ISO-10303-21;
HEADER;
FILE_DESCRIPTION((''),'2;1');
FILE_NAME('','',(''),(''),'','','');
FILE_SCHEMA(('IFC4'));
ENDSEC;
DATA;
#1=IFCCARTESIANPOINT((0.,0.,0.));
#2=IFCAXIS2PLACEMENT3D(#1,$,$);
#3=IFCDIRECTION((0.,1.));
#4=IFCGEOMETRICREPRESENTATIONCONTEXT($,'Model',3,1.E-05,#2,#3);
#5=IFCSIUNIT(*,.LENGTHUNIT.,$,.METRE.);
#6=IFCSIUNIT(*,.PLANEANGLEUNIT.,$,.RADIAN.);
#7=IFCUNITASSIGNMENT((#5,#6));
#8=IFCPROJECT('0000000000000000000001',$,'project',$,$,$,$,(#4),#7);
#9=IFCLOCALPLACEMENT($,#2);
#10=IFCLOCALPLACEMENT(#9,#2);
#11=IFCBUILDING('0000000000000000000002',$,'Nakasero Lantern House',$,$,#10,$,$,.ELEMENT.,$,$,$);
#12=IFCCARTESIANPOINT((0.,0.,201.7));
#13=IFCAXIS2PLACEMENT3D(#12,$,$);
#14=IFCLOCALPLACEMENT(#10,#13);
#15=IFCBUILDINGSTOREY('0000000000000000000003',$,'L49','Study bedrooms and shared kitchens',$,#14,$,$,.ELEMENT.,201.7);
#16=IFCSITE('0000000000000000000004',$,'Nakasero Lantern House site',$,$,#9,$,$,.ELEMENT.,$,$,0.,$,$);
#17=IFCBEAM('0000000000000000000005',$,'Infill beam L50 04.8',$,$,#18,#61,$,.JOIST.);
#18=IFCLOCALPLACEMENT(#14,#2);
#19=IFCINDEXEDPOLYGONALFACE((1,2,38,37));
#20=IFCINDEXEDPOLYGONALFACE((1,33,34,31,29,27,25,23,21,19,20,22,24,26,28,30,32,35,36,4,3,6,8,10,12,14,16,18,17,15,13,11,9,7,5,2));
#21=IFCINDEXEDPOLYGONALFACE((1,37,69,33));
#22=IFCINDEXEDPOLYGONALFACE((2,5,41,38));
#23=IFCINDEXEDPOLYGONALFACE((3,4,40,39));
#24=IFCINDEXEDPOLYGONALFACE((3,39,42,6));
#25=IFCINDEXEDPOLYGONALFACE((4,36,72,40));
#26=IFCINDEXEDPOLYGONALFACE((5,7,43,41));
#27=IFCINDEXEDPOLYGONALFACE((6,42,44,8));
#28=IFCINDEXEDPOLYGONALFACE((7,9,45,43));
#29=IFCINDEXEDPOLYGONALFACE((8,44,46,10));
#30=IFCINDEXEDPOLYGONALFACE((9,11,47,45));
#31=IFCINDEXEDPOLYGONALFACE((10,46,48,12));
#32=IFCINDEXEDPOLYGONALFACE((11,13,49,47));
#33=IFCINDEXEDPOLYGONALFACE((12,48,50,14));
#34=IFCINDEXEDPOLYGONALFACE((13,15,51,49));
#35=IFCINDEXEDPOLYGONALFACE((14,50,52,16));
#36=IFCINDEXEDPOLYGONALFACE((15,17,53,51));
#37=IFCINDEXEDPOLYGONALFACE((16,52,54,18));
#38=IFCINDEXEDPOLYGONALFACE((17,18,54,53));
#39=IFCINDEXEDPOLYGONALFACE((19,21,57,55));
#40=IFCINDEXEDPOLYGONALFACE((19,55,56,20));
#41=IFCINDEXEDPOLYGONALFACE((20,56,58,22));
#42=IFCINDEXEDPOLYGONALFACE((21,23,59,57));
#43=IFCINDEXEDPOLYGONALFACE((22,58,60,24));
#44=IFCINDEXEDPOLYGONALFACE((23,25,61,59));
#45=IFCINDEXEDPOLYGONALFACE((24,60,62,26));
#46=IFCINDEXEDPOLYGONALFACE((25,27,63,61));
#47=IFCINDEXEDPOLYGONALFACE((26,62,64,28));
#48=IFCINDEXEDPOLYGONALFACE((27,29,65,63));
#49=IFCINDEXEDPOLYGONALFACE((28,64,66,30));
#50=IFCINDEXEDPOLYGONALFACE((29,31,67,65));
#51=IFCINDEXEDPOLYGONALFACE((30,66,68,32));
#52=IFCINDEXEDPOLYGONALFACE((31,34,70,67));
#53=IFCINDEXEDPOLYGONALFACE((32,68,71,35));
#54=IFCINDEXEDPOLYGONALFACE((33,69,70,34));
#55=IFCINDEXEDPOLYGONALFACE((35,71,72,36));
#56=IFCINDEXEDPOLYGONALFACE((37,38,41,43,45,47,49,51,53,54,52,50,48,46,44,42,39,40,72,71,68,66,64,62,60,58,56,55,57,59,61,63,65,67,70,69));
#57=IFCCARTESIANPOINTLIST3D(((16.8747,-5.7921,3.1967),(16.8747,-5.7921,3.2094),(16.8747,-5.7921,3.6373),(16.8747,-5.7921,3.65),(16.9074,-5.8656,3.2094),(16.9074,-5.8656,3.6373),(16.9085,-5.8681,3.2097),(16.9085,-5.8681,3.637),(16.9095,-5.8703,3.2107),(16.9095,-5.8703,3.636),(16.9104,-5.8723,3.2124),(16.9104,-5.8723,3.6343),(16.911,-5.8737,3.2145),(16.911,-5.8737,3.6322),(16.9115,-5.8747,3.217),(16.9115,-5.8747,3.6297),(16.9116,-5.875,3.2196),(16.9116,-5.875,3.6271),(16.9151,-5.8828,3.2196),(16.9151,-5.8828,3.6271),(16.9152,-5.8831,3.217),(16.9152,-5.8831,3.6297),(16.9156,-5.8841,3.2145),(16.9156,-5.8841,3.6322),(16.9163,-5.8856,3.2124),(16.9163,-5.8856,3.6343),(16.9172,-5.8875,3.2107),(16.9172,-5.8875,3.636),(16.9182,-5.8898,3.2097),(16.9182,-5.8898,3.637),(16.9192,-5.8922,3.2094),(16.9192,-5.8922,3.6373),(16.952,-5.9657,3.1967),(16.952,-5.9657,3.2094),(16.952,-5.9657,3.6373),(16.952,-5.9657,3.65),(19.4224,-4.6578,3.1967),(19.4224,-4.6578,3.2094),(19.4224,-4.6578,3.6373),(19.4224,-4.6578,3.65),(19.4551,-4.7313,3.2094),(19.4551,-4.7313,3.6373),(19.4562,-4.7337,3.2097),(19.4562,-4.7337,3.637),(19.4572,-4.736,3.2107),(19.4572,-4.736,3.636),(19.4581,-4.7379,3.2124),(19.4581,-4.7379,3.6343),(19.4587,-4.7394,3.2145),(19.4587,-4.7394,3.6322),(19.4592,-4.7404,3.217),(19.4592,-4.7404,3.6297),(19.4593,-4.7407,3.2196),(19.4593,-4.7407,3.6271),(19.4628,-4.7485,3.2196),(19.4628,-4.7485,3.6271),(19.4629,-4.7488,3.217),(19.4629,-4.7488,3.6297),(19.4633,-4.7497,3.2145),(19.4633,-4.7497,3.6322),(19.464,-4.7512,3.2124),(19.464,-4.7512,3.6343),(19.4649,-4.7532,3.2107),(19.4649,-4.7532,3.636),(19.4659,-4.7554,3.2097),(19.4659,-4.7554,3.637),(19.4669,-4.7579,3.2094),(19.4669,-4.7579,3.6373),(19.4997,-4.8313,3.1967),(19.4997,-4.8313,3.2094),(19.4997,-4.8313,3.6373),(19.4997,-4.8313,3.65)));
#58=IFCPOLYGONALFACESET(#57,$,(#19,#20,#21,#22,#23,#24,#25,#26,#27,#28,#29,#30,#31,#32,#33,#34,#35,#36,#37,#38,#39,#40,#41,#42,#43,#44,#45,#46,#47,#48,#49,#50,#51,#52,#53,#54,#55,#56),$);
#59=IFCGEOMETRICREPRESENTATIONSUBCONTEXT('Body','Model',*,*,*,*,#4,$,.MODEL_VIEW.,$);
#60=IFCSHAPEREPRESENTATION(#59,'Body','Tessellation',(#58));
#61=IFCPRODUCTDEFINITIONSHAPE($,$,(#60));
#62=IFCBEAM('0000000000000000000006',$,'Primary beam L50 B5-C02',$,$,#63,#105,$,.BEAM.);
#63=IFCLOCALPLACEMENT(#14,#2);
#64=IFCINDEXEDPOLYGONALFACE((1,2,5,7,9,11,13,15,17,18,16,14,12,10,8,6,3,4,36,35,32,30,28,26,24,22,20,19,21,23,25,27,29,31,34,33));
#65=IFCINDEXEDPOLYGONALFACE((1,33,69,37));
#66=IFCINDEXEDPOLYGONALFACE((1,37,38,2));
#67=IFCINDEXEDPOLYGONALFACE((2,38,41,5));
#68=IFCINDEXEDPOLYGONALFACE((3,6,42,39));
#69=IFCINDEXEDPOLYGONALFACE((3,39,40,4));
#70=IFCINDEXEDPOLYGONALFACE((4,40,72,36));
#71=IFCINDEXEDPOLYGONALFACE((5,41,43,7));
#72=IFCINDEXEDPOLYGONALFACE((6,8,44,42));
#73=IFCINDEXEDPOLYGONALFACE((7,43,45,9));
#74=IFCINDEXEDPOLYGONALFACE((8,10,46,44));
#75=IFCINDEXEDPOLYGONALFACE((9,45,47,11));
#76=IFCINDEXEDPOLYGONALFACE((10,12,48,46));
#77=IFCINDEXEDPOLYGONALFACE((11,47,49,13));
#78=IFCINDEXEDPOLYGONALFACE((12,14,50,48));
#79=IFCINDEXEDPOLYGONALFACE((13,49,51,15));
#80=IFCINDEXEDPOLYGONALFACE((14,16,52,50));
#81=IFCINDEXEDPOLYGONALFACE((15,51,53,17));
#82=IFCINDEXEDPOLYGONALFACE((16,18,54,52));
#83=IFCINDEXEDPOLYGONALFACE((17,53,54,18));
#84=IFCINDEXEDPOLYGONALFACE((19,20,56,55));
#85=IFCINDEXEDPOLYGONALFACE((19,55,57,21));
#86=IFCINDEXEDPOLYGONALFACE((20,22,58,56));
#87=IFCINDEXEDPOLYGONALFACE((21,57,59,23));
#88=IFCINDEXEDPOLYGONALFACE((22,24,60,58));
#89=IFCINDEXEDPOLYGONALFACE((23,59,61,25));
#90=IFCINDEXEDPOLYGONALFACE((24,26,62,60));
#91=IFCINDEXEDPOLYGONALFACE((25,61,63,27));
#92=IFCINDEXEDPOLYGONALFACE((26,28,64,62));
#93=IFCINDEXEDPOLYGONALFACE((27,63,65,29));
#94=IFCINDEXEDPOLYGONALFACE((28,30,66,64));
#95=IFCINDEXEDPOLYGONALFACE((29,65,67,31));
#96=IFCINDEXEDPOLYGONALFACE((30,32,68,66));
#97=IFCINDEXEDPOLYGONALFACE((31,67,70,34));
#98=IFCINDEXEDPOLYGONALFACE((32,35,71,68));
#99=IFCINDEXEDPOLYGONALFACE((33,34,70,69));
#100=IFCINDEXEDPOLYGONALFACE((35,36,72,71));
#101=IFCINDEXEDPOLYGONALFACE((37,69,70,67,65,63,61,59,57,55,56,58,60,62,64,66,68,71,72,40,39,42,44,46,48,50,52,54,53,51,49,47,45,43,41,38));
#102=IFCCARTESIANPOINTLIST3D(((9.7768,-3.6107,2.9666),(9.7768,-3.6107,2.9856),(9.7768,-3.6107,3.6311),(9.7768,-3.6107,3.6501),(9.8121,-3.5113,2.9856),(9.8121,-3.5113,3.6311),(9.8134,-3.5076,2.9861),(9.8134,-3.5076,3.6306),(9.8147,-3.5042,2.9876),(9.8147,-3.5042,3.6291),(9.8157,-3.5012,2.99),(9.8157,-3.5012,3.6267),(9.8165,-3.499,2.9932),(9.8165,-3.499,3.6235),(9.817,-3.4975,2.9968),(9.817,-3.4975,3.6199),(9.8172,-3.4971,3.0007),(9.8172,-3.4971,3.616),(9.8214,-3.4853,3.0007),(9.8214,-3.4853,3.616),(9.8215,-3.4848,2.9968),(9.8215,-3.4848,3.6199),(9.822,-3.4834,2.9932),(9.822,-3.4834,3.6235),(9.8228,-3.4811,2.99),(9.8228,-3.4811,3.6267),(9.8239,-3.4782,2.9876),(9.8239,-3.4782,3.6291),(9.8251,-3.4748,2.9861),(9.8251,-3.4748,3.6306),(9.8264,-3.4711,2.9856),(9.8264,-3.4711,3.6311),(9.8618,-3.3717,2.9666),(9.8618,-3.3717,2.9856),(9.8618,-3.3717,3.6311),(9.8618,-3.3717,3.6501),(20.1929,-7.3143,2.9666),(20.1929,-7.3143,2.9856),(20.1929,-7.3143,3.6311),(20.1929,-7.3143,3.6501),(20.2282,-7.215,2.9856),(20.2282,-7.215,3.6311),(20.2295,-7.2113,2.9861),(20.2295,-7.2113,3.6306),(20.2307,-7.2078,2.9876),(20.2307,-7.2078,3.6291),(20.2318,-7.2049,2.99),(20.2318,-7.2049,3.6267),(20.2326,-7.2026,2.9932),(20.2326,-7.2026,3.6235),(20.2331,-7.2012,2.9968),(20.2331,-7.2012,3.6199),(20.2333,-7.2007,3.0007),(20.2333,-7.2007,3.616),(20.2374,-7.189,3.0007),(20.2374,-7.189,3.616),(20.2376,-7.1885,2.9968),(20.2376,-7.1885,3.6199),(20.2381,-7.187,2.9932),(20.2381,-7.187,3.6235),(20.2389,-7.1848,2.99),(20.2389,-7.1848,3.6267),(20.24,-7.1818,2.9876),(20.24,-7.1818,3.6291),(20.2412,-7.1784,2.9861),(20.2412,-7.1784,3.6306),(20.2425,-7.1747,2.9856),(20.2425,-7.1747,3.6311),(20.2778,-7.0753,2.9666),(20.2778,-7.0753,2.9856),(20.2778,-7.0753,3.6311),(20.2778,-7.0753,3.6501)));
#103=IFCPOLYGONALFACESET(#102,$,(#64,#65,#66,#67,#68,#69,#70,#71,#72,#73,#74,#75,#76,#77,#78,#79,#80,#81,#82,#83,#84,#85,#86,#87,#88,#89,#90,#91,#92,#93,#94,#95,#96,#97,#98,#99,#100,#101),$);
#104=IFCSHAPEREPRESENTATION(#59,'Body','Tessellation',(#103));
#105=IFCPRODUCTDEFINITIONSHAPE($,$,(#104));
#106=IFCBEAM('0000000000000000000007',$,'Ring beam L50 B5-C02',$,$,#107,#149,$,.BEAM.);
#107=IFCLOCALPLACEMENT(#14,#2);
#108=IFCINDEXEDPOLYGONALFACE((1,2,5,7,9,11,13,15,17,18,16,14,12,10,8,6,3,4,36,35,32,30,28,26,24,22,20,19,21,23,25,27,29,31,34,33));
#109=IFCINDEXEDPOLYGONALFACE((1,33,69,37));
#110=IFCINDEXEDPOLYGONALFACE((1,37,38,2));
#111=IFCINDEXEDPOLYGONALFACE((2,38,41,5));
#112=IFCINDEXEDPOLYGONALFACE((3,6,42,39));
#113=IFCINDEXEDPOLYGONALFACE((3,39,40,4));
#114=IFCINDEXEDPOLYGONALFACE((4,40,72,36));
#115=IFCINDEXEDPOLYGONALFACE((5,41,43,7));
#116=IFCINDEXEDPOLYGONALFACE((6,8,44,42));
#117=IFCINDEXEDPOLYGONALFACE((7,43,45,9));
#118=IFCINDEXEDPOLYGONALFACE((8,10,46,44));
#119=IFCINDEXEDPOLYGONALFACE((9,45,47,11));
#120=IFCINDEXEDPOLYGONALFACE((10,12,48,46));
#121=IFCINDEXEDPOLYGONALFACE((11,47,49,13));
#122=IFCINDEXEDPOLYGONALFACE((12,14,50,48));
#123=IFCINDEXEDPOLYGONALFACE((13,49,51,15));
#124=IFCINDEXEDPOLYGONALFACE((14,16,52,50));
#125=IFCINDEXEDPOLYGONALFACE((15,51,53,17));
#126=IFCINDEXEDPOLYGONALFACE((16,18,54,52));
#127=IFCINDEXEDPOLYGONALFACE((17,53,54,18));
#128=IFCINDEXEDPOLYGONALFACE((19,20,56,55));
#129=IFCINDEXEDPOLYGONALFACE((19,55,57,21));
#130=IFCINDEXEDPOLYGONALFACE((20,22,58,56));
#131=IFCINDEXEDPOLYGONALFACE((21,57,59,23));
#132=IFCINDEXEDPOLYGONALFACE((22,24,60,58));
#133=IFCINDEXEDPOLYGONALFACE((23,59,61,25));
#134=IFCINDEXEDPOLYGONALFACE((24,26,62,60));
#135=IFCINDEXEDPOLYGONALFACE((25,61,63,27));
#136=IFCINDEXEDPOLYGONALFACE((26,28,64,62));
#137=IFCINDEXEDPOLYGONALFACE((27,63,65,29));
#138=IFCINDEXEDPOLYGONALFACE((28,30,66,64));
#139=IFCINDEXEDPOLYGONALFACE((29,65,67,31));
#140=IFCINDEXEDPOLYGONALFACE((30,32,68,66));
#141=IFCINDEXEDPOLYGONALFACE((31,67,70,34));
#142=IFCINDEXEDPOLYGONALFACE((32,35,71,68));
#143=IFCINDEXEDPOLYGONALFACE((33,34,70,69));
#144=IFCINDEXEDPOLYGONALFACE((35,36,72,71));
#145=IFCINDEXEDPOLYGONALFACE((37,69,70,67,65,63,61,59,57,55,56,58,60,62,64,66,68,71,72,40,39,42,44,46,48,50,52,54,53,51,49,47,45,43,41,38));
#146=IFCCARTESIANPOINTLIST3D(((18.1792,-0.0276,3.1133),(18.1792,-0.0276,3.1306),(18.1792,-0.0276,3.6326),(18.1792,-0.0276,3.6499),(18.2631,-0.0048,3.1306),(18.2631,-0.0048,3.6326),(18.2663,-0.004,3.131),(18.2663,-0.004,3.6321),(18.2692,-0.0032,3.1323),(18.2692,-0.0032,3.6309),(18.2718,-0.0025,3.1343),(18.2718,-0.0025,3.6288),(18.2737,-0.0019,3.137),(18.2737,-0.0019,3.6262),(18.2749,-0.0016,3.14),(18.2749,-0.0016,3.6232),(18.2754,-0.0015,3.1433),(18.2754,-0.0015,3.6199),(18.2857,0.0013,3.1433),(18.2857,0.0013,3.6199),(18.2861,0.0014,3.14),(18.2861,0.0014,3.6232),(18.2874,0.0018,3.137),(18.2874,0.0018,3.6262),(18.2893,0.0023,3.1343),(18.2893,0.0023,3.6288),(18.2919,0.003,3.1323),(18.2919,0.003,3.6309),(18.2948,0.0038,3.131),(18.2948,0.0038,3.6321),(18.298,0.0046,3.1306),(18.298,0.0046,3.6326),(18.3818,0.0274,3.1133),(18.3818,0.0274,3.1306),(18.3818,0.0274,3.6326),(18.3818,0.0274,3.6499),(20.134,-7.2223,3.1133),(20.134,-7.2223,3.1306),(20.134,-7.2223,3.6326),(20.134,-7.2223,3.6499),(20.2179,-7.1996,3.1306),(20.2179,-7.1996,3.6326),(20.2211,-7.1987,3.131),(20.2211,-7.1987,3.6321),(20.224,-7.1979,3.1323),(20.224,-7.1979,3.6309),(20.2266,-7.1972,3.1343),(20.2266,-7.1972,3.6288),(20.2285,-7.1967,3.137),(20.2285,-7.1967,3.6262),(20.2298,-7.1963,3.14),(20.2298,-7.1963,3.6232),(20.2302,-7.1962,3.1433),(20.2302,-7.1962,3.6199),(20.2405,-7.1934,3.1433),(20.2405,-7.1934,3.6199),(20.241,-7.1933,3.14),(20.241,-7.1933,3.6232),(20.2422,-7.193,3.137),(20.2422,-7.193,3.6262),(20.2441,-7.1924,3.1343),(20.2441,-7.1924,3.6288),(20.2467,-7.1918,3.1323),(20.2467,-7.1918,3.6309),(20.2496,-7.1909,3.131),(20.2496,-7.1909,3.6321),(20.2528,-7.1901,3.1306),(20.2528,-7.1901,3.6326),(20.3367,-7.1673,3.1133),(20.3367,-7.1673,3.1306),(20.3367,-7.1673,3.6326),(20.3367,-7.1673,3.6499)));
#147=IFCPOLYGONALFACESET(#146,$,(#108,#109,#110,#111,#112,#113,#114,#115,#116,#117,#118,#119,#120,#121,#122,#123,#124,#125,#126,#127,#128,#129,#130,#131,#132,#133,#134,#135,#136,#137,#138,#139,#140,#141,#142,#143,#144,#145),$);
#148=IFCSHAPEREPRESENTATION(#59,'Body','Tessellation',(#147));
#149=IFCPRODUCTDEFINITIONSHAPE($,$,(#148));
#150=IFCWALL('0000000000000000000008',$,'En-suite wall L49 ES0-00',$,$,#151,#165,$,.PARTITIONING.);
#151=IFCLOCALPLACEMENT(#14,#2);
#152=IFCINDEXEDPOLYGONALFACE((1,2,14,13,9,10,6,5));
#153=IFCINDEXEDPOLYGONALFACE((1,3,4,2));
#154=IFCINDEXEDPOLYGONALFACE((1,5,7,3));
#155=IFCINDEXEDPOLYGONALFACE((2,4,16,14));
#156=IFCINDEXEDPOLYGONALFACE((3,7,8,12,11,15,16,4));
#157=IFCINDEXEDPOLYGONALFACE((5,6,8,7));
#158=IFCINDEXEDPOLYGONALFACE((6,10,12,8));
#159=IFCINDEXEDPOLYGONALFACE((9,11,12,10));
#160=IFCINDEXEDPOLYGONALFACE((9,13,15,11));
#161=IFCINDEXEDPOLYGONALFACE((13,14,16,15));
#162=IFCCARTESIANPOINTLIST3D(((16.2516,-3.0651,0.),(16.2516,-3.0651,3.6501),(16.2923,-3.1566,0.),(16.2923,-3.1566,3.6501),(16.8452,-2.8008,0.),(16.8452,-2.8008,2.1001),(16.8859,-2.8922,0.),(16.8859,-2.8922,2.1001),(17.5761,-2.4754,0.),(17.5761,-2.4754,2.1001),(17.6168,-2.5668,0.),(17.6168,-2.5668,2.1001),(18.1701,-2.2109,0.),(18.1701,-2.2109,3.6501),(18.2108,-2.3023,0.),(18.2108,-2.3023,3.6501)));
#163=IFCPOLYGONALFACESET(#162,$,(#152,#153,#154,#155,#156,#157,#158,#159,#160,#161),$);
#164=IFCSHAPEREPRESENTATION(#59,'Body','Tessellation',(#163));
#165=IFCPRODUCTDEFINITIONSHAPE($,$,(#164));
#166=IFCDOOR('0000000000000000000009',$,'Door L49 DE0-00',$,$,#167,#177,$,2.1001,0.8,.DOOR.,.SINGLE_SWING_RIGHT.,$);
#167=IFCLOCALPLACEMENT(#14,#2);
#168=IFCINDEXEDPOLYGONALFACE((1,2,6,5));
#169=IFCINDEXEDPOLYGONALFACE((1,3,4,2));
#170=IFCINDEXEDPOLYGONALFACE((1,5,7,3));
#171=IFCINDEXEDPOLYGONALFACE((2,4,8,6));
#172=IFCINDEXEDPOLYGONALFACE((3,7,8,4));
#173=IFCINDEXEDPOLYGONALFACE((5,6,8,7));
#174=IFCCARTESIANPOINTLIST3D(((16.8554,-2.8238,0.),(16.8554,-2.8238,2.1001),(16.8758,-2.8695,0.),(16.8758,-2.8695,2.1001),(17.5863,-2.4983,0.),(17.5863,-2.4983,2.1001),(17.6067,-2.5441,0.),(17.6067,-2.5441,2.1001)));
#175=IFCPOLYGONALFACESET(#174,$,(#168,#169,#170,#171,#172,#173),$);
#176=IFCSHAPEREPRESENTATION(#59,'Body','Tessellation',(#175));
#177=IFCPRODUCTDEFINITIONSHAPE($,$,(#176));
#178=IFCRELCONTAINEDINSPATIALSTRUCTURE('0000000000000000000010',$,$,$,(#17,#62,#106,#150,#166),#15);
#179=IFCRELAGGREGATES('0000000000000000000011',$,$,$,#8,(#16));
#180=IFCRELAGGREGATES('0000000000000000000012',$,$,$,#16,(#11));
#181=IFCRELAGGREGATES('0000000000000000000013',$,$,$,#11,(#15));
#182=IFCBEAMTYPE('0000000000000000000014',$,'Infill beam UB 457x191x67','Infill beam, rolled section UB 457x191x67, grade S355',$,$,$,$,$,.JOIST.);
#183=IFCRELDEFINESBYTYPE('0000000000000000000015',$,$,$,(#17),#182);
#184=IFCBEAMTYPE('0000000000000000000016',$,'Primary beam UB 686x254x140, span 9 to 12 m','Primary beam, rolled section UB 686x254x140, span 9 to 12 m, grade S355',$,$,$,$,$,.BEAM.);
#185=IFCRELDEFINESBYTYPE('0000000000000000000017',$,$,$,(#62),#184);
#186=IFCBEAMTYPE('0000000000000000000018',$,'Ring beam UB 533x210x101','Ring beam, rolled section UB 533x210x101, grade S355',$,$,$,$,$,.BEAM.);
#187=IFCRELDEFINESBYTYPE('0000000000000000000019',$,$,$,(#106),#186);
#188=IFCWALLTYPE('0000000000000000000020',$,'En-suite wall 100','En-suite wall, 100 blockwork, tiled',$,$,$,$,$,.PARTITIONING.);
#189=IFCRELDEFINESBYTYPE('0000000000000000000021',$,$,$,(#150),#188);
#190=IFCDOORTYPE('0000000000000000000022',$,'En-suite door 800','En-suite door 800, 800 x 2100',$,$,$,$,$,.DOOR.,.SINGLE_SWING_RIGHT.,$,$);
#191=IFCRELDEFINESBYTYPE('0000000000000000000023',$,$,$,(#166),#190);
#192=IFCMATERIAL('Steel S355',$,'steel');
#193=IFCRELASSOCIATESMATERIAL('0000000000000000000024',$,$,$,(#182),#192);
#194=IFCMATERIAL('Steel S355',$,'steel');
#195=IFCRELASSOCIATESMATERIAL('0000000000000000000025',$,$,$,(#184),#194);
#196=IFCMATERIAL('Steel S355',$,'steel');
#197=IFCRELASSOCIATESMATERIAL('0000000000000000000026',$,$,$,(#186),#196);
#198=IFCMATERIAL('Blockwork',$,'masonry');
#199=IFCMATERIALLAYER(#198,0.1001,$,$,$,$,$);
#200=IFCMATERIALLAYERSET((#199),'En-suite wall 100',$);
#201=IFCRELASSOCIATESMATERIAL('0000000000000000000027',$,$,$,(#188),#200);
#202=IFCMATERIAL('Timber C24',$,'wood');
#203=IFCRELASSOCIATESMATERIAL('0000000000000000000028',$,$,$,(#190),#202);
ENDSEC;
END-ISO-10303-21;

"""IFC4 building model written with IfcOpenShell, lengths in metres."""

from ifc_helpers import new_model, si_unit, direction, frame, frame_2d, origin, origin_2d, place, context, subcontext, project, spatial, rectangle, i_section, extrude, material, layer, layer_set, material_profile, profile_set, type_object, element, fill, save


model = new_model("IFC4")

# Units and contexts
model_context = context("Model", 3, precision=1e-05, world=origin(), true_north=direction((0.0, 1.0)))
body_context = subcontext(model_context, "Body", "Model", "MODEL_VIEW")
ifc_project = project(units=[si_unit("LENGTHUNIT", "METRE"), si_unit("PLANEANGLEUNIT", "RADIAN")], contexts=[model_context])

# Site, building, storey
site_placement = place(None, origin())
site = spatial("IfcSite", under=ifc_project, at=site_placement, Name="Nakasero Lantern House site", CompositionType="ELEMENT", RefElevation=0.0)
building_placement = place(site_placement, origin())
building = spatial("IfcBuilding", under=site, at=building_placement, Name="Nakasero Lantern House", CompositionType="ELEMENT")
storey_placement = place(building_placement, frame((0.0, 0.0, 201.7)))
storey = spatial("IfcBuildingStorey", under=building, at=storey_placement, Name="L49", Description="Study bedrooms and shared kitchens", CompositionType="ELEMENT", Elevation=201.7)

# Beams
ifc_material_1 = material(Name="Steel S355", Category="steel")
ifc_material_profile_1 = material_profile(ifc_material_1, i_section(OverallWidth=0.1899, OverallDepth=0.4534, WebThickness=0.0085, FlangeThickness=0.0127, FilletRadius=0.0103, at=origin_2d()), Name="UB 457x191x67")
ifc_profile_set_1 = profile_set([ifc_material_profile_1], Name="Steel S355")
beam_type_1 = type_object("IfcBeamType", Name="Infill beam UB 457x191x67", Description="Infill beam, rolled section UB 457x191x67, grade S355", PredefinedType="JOIST", material=ifc_profile_set_1)
beam_1_placement = place(storey_placement, frame((16.9133, -5.8789, 3.4233), z_axis=(0.913544, 0.406739, 0.0), x_axis=(-0.406739, 0.913544, 0.0)))
element("IfcBeam", 1, at=beam_1_placement, inside=storey, type_object=beam_type_1, Name="Infill beam L50 04.8", PredefinedType="JOIST", context=body_context, shape_type="SweptSolid", body=[
    extrude(i_section(OverallWidth=0.1899, OverallDepth=0.4534, WebThickness=0.0085, FlangeThickness=0.0127, FilletRadius=0.0103, at=origin_2d()), origin(), (0.0, 0.0, 1.0), 2.7888),
])
ifc_material_2 = material(Name="Steel S355", Category="steel")
ifc_material_profile_2 = material_profile(ifc_material_2, i_section(OverallWidth=0.2537, OverallDepth=0.6836, WebThickness=0.0125, FlangeThickness=0.019, FilletRadius=0.0151, at=origin_2d()), Name="UB 686x254x140")
ifc_profile_set_2 = profile_set([ifc_material_profile_2], Name="Steel S355")
beam_type_2 = type_object("IfcBeamType", Name="Primary beam UB 686x254x140, span 9 to 12 m", Description="Primary beam, rolled section UB 686x254x140, span 9 to 12 m, grade S355", PredefinedType="BEAM", material=ifc_profile_set_2)
beam_2_placement = place(storey_placement, frame((20.2354, -7.1948, 3.3083), z_axis=(-0.942211, 0.335021, 0.0), x_axis=(-0.335021, -0.942211, 0.0)))
element("IfcBeam", 2, at=beam_2_placement, inside=storey, type_object=beam_type_2, Name="Primary beam L50 B5-C02", PredefinedType="BEAM", context=body_context, shape_type="SweptSolid", body=[
    extrude(i_section(OverallWidth=0.2537, OverallDepth=0.6836, WebThickness=0.0125, FlangeThickness=0.019, FilletRadius=0.0151, at=origin_2d()), origin(), (0.0, 0.0, 1.0), 11.0549),
])
ifc_material_3 = material(Name="Steel S355", Category="steel")
ifc_material_profile_3 = material_profile(ifc_material_3, i_section(OverallWidth=0.21, OverallDepth=0.5366, WebThickness=0.0107, FlangeThickness=0.0173, FilletRadius=0.0127, at=origin_2d()), Name="UB 533x210x101")
ifc_profile_set_3 = profile_set([ifc_material_profile_3], Name="Steel S355")
beam_type_3 = type_object("IfcBeamType", Name="Ring beam UB 533x210x101", Description="Ring beam, rolled section UB 533x210x101, grade S355", PredefinedType="BEAM", material=ifc_profile_set_3)
beam_3_placement = place(storey_placement, frame((20.2354, -7.1948, 3.3816), z_axis=(-0.262195, 0.965015, 0.0), x_axis=(-0.965015, -0.262195, 0.0)))
element("IfcBeam", 3, at=beam_3_placement, inside=storey, type_object=beam_type_3, Name="Ring beam L50 B5-C02", PredefinedType="BEAM", context=body_context, shape_type="SweptSolid", body=[
    extrude(i_section(OverallWidth=0.21, OverallDepth=0.5366, WebThickness=0.0107, FlangeThickness=0.0173, FilletRadius=0.0127, at=origin_2d()), origin(), (0.0, 0.0, 1.0), 7.4556),
])

# Wall, opening, door
ifc_material_4 = material(Name="Blockwork", Category="masonry")
ifc_layer_1 = layer(ifc_material_4, 0.1001)
ifc_layer_set_1 = layer_set([ifc_layer_1], Name="En-suite wall 100")
wall_type_1 = type_object("IfcWallType", Name="En-suite wall 100", Description="En-suite wall, 100 blockwork, tiled", PredefinedType="PARTITIONING", material=ifc_layer_set_1)
wall_1_placement = place(storey_placement, frame((16.272, -3.1108, 0.0), z_axis=(0.0, 0.0, 1.0), x_axis=(0.913528, 0.406775, 0.0)))
wall_1 = element("IfcWall", 4, at=wall_1_placement, inside=storey, type_object=wall_type_1, Name="En-suite wall L49 ES0-00", PredefinedType="PARTITIONING", context=body_context, shape_type="SweptSolid", body=[
    extrude(rectangle(XDim=2.1001, YDim=0.1001, at=frame_2d((1.05, 0.0))), origin(), (0.0, 0.0, 1.0), 3.6501),
])
opening_1_placement = place(wall_1_placement, frame((0.6499, 0.0, 0.0)))
opening_1 = element("IfcOpeningElement", 5, at=opening_1_placement, cuts=wall_1, PredefinedType="OPENING", context=body_context, shape_type="SweptSolid", body=[
    extrude(rectangle(XDim=0.8, YDim=2.1001, at=frame_2d((0.3999, 1.05))), frame((0.0, 0.0701, 0.0), z_axis=(0.0, -1.0, 0.0), x_axis=(1.0, 0.0, 0.0)), (0.0, 0.0, 1.0), 0.1401),
])
ifc_material_5 = material(Name="Timber C24", Category="wood")
door_type_1 = type_object("IfcDoorType", Name="En-suite door 800", Description="En-suite door 800, 800 x 2100", OperationType="SINGLE_SWING_RIGHT", PredefinedType="DOOR", material=ifc_material_5)
door_1_placement = place(opening_1_placement, origin())
door_1 = element("IfcDoor", 6, at=door_1_placement, inside=storey, type_object=door_type_1, Name="Door L49 DE0-00", OperationType="SINGLE_SWING_RIGHT", OverallHeight=2.1001, OverallWidth=0.8, PredefinedType="DOOR", context=body_context, shape_type="SweptSolid", body=[
    extrude(rectangle(XDim=0.8, YDim=2.1001, at=frame_2d((0.3999, 1.05))), frame((0.0, 0.0249, 0.0), z_axis=(0.0, -1.0, 0.0), x_axis=(1.0, 0.0, 0.0)), (0.0, 0.0, 1.0), 0.05),
])
fill(opening_1, door_1)

save(model, "model.ifc")
